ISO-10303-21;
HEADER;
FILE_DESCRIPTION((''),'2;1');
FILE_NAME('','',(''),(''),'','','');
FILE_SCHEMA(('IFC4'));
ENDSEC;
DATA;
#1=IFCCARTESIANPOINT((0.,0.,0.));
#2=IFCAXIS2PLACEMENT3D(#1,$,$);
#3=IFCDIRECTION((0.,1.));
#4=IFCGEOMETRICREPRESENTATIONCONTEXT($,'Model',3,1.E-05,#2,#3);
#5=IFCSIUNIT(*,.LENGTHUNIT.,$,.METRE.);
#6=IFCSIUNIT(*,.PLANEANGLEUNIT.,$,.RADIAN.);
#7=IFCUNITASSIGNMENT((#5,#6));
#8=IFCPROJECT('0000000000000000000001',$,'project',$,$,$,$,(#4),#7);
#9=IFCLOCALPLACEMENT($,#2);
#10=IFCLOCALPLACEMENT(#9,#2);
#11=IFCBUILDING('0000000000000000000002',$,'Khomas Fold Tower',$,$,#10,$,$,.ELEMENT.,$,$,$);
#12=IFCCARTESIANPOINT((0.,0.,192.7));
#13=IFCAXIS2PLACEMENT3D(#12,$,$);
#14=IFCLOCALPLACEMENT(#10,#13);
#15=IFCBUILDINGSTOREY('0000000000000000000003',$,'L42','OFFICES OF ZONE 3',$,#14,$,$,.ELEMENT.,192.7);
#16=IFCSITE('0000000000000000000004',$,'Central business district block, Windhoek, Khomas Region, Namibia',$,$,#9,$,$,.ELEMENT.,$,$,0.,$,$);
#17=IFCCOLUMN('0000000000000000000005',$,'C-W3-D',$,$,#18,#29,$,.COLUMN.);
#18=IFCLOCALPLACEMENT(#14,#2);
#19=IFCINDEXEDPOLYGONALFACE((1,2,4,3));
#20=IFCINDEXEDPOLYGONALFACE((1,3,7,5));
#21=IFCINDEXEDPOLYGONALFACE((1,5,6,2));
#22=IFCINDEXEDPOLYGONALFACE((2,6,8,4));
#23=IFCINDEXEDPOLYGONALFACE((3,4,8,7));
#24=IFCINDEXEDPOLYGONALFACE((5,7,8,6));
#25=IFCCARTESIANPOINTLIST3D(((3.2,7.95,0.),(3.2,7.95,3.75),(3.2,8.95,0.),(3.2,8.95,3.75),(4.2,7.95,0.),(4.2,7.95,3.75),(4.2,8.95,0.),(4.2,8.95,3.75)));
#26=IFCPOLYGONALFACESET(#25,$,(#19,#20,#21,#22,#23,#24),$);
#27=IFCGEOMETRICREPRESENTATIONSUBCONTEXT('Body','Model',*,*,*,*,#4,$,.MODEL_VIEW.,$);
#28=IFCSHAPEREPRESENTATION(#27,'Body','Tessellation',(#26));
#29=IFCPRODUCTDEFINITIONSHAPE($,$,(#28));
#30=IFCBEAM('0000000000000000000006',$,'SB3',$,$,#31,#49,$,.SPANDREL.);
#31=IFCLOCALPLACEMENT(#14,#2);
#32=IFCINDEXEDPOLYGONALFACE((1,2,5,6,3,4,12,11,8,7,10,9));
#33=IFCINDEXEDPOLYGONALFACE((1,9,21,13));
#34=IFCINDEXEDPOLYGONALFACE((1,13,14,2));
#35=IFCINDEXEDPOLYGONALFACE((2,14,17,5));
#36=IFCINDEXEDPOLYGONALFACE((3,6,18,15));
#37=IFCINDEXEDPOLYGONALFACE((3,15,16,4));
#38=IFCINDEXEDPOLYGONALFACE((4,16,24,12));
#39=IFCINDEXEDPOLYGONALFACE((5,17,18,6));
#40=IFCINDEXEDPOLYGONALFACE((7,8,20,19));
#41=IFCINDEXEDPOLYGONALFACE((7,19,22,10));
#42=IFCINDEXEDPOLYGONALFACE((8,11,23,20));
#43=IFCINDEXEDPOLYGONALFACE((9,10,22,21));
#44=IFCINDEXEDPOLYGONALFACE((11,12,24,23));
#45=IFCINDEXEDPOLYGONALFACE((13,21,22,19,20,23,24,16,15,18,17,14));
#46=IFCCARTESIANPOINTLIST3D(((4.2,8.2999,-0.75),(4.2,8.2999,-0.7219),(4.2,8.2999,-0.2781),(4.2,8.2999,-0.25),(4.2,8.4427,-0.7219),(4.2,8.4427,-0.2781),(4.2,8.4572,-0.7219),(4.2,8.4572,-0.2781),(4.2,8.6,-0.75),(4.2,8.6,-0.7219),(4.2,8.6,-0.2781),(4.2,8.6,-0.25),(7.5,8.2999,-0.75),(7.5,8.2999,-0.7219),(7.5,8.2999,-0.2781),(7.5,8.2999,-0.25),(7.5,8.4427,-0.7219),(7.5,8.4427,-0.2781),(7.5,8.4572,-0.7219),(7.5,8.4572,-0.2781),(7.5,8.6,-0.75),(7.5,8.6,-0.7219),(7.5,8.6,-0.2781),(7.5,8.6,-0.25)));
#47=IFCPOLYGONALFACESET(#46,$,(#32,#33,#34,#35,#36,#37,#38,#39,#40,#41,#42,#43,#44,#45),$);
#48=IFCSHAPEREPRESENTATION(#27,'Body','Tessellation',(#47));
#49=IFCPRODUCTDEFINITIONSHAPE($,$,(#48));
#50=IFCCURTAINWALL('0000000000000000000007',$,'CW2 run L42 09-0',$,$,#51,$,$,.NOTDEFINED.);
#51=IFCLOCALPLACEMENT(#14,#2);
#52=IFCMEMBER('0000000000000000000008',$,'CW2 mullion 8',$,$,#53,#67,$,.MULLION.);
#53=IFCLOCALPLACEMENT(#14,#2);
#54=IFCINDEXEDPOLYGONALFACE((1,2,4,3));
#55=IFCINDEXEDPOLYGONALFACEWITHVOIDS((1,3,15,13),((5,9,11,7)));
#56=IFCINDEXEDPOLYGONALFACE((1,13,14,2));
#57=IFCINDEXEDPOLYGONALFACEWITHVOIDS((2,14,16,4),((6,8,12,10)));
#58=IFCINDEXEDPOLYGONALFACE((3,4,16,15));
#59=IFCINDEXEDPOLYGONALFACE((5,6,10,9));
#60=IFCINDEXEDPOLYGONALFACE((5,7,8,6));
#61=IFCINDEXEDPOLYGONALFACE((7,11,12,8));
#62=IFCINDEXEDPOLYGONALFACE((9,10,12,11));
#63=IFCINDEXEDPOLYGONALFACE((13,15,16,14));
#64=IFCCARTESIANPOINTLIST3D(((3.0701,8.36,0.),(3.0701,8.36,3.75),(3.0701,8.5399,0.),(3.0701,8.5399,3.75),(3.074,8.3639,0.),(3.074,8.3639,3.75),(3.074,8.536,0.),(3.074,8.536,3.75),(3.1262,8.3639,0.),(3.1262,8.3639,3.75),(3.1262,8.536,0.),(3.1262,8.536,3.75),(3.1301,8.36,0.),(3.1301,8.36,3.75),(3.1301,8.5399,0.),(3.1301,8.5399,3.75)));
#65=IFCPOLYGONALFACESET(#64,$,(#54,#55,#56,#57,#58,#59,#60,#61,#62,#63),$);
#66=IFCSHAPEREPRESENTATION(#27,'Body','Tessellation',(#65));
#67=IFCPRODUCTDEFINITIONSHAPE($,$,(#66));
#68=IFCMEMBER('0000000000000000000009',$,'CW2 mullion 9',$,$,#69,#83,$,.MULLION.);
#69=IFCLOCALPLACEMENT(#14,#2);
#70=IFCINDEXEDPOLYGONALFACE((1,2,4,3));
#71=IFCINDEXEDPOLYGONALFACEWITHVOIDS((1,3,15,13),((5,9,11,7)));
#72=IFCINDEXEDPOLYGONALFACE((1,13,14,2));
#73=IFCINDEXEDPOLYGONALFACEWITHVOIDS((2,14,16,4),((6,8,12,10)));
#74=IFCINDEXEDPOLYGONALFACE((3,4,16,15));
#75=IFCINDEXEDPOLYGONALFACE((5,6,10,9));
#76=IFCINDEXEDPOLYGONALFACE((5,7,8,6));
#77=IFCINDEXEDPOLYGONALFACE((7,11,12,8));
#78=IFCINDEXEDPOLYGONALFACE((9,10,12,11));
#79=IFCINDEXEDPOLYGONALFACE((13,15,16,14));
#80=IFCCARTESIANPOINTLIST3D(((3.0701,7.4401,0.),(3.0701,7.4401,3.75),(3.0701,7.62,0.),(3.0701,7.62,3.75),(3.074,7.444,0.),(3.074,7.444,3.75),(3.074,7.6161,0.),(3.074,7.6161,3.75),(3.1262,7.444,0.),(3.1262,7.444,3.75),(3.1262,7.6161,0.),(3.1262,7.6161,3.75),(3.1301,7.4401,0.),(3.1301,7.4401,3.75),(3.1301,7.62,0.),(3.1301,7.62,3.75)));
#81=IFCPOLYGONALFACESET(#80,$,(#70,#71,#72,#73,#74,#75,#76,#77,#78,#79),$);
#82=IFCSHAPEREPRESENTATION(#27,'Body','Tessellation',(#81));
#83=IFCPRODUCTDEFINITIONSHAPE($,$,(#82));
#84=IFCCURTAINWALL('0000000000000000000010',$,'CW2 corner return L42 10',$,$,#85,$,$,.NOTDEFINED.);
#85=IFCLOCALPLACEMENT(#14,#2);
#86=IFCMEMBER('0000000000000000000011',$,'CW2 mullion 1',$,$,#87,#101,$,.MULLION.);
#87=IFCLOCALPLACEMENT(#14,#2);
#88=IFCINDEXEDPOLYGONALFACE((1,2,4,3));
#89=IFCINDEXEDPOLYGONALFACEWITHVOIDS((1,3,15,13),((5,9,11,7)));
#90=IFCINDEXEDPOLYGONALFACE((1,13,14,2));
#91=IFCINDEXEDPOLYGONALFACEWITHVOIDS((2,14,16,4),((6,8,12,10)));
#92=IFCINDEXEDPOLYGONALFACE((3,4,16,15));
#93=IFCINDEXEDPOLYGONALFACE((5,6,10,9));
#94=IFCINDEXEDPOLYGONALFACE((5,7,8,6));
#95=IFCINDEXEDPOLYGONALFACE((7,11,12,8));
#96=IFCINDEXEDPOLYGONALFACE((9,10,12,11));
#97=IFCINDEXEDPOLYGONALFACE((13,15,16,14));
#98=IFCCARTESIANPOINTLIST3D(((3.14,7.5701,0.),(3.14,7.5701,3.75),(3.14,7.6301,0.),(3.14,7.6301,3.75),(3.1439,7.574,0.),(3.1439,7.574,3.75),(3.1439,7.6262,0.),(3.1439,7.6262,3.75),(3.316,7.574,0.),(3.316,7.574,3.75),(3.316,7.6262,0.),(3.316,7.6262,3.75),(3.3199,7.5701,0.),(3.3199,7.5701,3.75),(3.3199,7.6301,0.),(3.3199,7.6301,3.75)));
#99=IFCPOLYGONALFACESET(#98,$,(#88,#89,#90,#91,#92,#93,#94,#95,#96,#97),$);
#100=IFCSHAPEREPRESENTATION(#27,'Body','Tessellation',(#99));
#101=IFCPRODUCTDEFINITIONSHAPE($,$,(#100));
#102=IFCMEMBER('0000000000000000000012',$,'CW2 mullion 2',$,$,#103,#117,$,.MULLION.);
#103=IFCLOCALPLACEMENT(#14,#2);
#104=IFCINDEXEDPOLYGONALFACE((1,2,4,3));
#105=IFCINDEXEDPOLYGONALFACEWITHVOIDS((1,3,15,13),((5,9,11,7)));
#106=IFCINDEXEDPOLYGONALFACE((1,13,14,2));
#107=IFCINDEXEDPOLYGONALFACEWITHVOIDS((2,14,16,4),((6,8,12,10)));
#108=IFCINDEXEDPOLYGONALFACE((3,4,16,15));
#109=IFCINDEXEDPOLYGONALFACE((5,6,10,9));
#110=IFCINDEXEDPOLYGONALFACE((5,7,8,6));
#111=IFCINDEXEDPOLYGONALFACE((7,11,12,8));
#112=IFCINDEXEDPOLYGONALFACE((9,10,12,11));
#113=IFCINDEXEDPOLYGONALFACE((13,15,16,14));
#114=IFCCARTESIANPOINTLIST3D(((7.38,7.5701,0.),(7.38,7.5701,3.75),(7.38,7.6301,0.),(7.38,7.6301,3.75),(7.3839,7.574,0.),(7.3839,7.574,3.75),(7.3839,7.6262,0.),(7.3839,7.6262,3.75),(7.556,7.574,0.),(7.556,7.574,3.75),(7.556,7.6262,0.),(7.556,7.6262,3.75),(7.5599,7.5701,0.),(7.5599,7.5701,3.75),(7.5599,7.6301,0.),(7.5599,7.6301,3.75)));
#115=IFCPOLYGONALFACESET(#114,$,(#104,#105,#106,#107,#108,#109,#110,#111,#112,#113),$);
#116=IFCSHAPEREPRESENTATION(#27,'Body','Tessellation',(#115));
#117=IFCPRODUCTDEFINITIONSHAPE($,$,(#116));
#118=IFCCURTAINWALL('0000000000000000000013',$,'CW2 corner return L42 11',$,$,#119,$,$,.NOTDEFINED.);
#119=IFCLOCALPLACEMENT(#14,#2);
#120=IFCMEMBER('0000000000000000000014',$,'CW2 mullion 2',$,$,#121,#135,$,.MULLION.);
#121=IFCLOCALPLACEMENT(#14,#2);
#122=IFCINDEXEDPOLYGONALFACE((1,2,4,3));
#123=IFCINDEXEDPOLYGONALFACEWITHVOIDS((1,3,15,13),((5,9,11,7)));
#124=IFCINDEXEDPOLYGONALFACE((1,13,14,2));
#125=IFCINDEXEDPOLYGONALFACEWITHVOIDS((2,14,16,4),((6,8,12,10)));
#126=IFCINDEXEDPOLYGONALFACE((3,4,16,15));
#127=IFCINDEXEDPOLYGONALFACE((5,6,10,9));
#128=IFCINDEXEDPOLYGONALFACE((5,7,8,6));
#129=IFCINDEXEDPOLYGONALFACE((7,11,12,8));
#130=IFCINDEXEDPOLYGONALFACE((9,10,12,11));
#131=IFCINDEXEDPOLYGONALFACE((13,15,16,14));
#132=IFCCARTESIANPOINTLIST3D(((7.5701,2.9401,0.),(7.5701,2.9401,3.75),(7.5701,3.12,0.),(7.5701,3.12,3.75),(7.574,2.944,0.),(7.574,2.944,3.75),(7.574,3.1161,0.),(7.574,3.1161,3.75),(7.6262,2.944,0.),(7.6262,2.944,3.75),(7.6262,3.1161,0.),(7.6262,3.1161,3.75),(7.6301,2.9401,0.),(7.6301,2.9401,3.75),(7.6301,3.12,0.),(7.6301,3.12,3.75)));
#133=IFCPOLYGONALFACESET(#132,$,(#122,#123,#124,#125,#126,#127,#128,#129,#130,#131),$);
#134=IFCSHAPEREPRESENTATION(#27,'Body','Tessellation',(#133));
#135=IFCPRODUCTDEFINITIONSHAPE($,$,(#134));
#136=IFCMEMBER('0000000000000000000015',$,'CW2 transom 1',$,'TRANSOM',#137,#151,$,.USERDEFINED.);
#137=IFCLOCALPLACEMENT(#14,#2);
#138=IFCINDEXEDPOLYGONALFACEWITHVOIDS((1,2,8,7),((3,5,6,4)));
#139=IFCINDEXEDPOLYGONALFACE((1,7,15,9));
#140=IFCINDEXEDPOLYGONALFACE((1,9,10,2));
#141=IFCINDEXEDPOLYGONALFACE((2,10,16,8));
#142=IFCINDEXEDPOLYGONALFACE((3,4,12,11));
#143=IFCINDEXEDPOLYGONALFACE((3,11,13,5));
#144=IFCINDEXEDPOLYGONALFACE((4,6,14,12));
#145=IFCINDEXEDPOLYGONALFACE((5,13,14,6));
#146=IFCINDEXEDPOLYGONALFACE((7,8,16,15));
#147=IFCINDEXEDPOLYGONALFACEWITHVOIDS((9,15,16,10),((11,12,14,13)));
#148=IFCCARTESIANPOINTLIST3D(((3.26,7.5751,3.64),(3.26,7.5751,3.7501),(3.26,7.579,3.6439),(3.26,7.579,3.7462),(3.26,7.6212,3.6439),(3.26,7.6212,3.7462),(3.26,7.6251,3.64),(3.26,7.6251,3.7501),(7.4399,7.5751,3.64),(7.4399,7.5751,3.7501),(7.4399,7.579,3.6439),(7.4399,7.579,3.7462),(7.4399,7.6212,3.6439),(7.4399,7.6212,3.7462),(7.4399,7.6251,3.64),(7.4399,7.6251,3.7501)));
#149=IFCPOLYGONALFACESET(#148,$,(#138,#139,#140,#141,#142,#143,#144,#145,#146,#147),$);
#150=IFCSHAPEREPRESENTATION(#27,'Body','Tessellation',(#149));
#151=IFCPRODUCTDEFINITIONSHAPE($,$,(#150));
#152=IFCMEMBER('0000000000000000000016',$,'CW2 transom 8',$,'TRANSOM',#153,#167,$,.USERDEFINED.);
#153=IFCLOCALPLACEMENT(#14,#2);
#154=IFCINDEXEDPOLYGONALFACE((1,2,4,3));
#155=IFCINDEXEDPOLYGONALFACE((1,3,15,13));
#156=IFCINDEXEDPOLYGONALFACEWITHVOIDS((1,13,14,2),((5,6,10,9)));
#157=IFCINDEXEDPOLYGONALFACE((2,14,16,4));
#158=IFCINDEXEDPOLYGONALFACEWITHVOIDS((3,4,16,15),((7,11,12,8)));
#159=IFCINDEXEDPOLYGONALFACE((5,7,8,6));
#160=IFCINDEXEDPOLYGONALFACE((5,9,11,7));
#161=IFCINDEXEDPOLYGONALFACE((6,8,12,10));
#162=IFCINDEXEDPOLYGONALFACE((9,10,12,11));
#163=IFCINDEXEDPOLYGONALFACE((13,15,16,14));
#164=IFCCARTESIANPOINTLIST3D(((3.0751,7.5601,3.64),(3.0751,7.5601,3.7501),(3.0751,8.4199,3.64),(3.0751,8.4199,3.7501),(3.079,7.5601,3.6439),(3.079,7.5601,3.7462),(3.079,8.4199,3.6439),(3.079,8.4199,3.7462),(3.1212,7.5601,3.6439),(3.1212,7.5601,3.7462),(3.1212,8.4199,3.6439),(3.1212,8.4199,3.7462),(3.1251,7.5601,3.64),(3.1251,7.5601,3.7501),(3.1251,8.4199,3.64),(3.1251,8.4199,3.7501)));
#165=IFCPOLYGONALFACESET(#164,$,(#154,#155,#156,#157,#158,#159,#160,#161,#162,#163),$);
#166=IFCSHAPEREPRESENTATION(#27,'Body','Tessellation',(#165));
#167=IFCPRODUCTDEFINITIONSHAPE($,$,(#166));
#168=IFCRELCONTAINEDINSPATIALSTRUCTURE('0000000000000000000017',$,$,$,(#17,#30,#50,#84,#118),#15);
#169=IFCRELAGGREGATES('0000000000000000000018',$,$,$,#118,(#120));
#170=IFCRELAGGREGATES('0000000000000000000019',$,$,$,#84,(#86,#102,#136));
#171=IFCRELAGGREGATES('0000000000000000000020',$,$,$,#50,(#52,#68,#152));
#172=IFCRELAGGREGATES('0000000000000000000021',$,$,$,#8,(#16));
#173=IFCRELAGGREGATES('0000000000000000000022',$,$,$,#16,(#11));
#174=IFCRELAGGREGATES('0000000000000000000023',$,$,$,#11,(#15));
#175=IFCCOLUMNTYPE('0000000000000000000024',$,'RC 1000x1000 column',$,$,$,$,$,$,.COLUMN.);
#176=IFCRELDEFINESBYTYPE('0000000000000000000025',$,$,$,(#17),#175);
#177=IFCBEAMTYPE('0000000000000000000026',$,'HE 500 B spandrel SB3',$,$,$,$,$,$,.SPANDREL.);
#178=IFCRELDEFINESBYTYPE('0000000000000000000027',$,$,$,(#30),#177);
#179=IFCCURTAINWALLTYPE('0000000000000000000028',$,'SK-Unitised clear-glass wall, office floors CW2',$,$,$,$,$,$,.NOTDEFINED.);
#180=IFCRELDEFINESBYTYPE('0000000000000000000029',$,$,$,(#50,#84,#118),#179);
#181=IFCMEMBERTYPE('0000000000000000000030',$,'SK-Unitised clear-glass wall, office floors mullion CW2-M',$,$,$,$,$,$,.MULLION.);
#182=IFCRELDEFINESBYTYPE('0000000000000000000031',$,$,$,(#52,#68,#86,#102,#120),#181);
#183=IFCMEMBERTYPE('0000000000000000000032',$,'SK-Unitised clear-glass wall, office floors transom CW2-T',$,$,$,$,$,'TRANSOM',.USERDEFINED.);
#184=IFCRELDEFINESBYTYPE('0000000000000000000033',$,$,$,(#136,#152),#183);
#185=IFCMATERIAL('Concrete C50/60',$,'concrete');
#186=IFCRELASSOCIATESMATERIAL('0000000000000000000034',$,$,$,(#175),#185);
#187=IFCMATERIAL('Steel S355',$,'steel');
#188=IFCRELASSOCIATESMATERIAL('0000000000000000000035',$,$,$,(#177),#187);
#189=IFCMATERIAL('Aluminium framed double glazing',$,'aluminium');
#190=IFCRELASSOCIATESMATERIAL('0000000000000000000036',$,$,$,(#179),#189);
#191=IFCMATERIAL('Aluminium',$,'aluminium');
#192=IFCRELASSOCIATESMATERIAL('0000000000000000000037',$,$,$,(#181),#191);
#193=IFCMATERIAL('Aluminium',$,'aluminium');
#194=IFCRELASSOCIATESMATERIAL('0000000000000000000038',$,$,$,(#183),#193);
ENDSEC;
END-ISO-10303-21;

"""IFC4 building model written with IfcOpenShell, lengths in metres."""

from ifc_helpers import new_model, si_unit, direction, frame, origin, origin_2d, place, context, subcontext, project, spatial, rectangle, hollow_rectangle, i_section, extrude, source, transform, mapped, material, material_profile, profile_set, type_object, element, aggregate, save


model = new_model("IFC4")

# Units and contexts
model_context = context("Model", 3, precision=1e-05, world=origin(), true_north=direction((0.0, 1.0)))
body_context = subcontext(model_context, "Body", "Model", "MODEL_VIEW")
ifc_project = project(units=[si_unit("LENGTHUNIT", "METRE"), si_unit("PLANEANGLEUNIT", "RADIAN")], contexts=[model_context])

# Site, building, storey
site_placement = place(None, origin())
site = spatial("IfcSite", under=ifc_project, at=site_placement, Name="Central business district block, Windhoek, Khomas Region, Namibia", CompositionType="ELEMENT", RefElevation=0.0)
building_placement = place(site_placement, origin())
building = spatial("IfcBuilding", under=site, at=building_placement, Name="Khomas Fold Tower", CompositionType="ELEMENT")
storey_placement = place(building_placement, frame((0.0, 0.0, 192.7)))
storey = spatial("IfcBuildingStorey", under=building, at=storey_placement, Name="L42", Description="OFFICES OF ZONE 3", CompositionType="ELEMENT", Elevation=192.7)

# Column
ifc_material_1 = material(Name="Concrete C50/60", Category="concrete")
ifc_material_profile_1 = material_profile(ifc_material_1, rectangle(XDim=1.0, YDim=1.0, at=origin_2d()), Name="RC 1000x1000")
ifc_profile_set_1 = profile_set([ifc_material_profile_1], Name="Concrete C50/60")
column_type = type_object("IfcColumnType", Name="RC 1000x1000 column", PredefinedType="COLUMN", material=ifc_profile_set_1)
shared_shape_1 = source(origin(), body_context, "Body", "SweptSolid", [
    extrude(rectangle(XDim=1.0, YDim=1.0, at=origin_2d()), origin(), (0.0, 0.0, 1.0), 3.75),
])
column_placement = place(storey_placement, frame((3.7, 8.45, 0.0), z_axis=(0.0, 0.0, 1.0), x_axis=(1.0, 0.0, 0.0)))
element("IfcColumn", 1, at=column_placement, inside=storey, type_object=column_type, Name="C-W3-D", PredefinedType="COLUMN", context=body_context, shape_type="MappedRepresentation", body=[
    mapped(shared_shape_1, transform((0.0, 0.0, 0.0))),
])

# Beam
ifc_material_2 = material(Name="Steel S355", Category="steel")
ifc_material_profile_2 = material_profile(ifc_material_2, i_section(OverallWidth=0.3, OverallDepth=0.5, WebThickness=0.0144, FlangeThickness=0.0281, at=origin_2d()), Name="HE 500 B")
ifc_profile_set_2 = profile_set([ifc_material_profile_2], Name="Steel S355")
beam_type = type_object("IfcBeamType", Name="HE 500 B spandrel SB3", PredefinedType="SPANDREL", material=ifc_profile_set_2)
shared_shape_2 = source(origin(), body_context, "Body", "SweptSolid", [
    extrude(i_section(OverallWidth=0.3, OverallDepth=0.5, WebThickness=0.0144, FlangeThickness=0.0281, at=origin_2d()), origin(), (0.0, 0.0, 1.0), 3.3),
])
beam_placement = place(storey_placement, frame((4.2, 8.45, -0.5), z_axis=(1.0, 0.0, 0.0), x_axis=(0.0, 1.0, 0.0)))
element("IfcBeam", 2, at=beam_placement, inside=storey, type_object=beam_type, Name="SB3", PredefinedType="SPANDREL", context=body_context, shape_type="MappedRepresentation", body=[
    mapped(shared_shape_2, transform((0.0, 0.0, 0.0))),
])

# Curtain walls, members
ifc_material_3 = material(Name="Aluminium framed double glazing", Category="aluminium")
curtain_wall_type = type_object("IfcCurtainWallType", Name="SK-Unitised clear-glass wall, office floors CW2", PredefinedType="NOTDEFINED", material=ifc_material_3)
curtain_wall_1_placement = place(storey_placement, origin())
curtain_wall_1 = element("IfcCurtainWall", 3, at=curtain_wall_1_placement, inside=storey, type_object=curtain_wall_type, Name="CW2 run L42 09-0", PredefinedType="NOTDEFINED")
ifc_material_4 = material(Name="Aluminium", Category="aluminium")
ifc_material_profile_3 = material_profile(ifc_material_4, hollow_rectangle(XDim=0.0601, YDim=0.1799, WallThickness=0.0039, at=origin_2d()), Name="SK-Unitised clear-glass wall, office floors mullion CW2-M")
ifc_profile_set_3 = profile_set([ifc_material_profile_3], Name="Aluminium")
member_type_1 = type_object("IfcMemberType", Name="SK-Unitised clear-glass wall, office floors mullion CW2-M", PredefinedType="MULLION", material=ifc_profile_set_3)
shared_shape_3 = source(origin(), body_context, "Body", "SweptSolid", [
    extrude(hollow_rectangle(XDim=0.0601, YDim=0.1799, WallThickness=0.0039, at=origin_2d()), origin(), (0.0, 0.0, 1.0), 3.75),
])
member_1_placement = place(storey_placement, frame((3.1001, 8.45, 0.0), z_axis=(0.0, 0.0, 1.0), x_axis=(1.0, 0.0, 0.0)))
member_1 = element("IfcMember", 4, at=member_1_placement, type_object=member_type_1, Name="CW2 mullion 8", PredefinedType="MULLION", context=body_context, shape_type="MappedRepresentation", body=[
    mapped(shared_shape_3, transform((0.0, 0.0, 0.0))),
])
member_2_placement = place(storey_placement, frame((3.1001, 7.53, 0.0), z_axis=(0.0, 0.0, 1.0), x_axis=(1.0, 0.0, 0.0)))
member_2 = element("IfcMember", 5, at=member_2_placement, type_object=member_type_1, Name="CW2 mullion 9", PredefinedType="MULLION", context=body_context, shape_type="MappedRepresentation", body=[
    mapped(shared_shape_3, transform((0.0, 0.0, 0.0))),
])
curtain_wall_2_placement = place(storey_placement, origin())
curtain_wall_2 = element("IfcCurtainWall", 6, at=curtain_wall_2_placement, inside=storey, type_object=curtain_wall_type, Name="CW2 corner return L42 10", PredefinedType="NOTDEFINED")
member_3_placement = place(storey_placement, frame((3.23, 7.6001, 0.0), z_axis=(0.0, 0.0, 1.0), x_axis=(0.0, 1.0, 0.0)))
member_3 = element("IfcMember", 7, at=member_3_placement, type_object=member_type_1, Name="CW2 mullion 1", PredefinedType="MULLION", context=body_context, shape_type="MappedRepresentation", body=[
    mapped(shared_shape_3, transform((0.0, 0.0, 0.0))),
])
member_4_placement = place(storey_placement, frame((7.47, 7.6001, 0.0), z_axis=(0.0, 0.0, 1.0), x_axis=(0.0, 1.0, 0.0)))
member_4 = element("IfcMember", 8, at=member_4_placement, type_object=member_type_1, Name="CW2 mullion 2", PredefinedType="MULLION", context=body_context, shape_type="MappedRepresentation", body=[
    mapped(shared_shape_3, transform((0.0, 0.0, 0.0))),
])

# Curtain wall, member
curtain_wall_3_placement = place(storey_placement, origin())
curtain_wall_3 = element("IfcCurtainWall", 9, at=curtain_wall_3_placement, inside=storey, type_object=curtain_wall_type, Name="CW2 corner return L42 11", PredefinedType="NOTDEFINED")
member_5_placement = place(storey_placement, frame((7.6001, 3.03, 0.0), z_axis=(0.0, 0.0, 1.0), x_axis=(1.0, 0.0, 0.0)))
member_5 = element("IfcMember", 10, at=member_5_placement, type_object=member_type_1, Name="CW2 mullion 2", PredefinedType="MULLION", context=body_context, shape_type="MappedRepresentation", body=[
    mapped(shared_shape_3, transform((0.0, 0.0, 0.0))),
])
aggregate(curtain_wall_3, [member_5])

# Members
ifc_material_5 = material(Name="Aluminium", Category="aluminium")
ifc_material_profile_4 = material_profile(ifc_material_5, hollow_rectangle(XDim=0.05, YDim=0.1101, WallThickness=0.0039, at=origin_2d()), Name="SK-Unitised clear-glass wall, office floors transom CW2-T")
ifc_profile_set_4 = profile_set([ifc_material_profile_4], Name="Aluminium")
member_type_2 = type_object("IfcMemberType", Name="SK-Unitised clear-glass wall, office floors transom CW2-T", ElementType="TRANSOM", PredefinedType="USERDEFINED", material=ifc_profile_set_4)
shared_shape_4 = source(origin(), body_context, "Body", "SweptSolid", [
    extrude(hollow_rectangle(XDim=0.05, YDim=0.1101, WallThickness=0.0039, at=origin_2d()), origin(), (0.0, 0.0, 1.0), 4.1799),
])
member_6_placement = place(storey_placement, frame((3.26, 7.6001, 3.6951), z_axis=(1.0, 0.0, 0.0), x_axis=(0.0, 1.0, 0.0)))
member_6 = element("IfcMember", 11, at=member_6_placement, type_object=member_type_2, Name="CW2 transom 1", ObjectType="TRANSOM", PredefinedType="USERDEFINED", context=body_context, shape_type="MappedRepresentation", body=[
    mapped(shared_shape_4, transform((0.0, 0.0, 0.0))),
])
shared_shape_5 = source(origin(), body_context, "Body", "SweptSolid", [
    extrude(hollow_rectangle(XDim=0.05, YDim=0.1101, WallThickness=0.0039, at=origin_2d()), origin(), (0.0, 0.0, 1.0), 0.8599),
])
member_7_placement = place(storey_placement, frame((3.1001, 8.4199, 3.6951), z_axis=(0.0, -1.0, 0.0), x_axis=(1.0, 0.0, 0.0)))
member_7 = element("IfcMember", 12, at=member_7_placement, type_object=member_type_2, Name="CW2 transom 8", ObjectType="TRANSOM", PredefinedType="USERDEFINED", context=body_context, shape_type="MappedRepresentation", body=[
    mapped(shared_shape_5, transform((0.0, 0.0, 0.0))),
])

aggregate(curtain_wall_2, [member_3, member_4, member_6])
aggregate(curtain_wall_1, [member_1, member_2, member_7])

save(model, "model.ifc")
